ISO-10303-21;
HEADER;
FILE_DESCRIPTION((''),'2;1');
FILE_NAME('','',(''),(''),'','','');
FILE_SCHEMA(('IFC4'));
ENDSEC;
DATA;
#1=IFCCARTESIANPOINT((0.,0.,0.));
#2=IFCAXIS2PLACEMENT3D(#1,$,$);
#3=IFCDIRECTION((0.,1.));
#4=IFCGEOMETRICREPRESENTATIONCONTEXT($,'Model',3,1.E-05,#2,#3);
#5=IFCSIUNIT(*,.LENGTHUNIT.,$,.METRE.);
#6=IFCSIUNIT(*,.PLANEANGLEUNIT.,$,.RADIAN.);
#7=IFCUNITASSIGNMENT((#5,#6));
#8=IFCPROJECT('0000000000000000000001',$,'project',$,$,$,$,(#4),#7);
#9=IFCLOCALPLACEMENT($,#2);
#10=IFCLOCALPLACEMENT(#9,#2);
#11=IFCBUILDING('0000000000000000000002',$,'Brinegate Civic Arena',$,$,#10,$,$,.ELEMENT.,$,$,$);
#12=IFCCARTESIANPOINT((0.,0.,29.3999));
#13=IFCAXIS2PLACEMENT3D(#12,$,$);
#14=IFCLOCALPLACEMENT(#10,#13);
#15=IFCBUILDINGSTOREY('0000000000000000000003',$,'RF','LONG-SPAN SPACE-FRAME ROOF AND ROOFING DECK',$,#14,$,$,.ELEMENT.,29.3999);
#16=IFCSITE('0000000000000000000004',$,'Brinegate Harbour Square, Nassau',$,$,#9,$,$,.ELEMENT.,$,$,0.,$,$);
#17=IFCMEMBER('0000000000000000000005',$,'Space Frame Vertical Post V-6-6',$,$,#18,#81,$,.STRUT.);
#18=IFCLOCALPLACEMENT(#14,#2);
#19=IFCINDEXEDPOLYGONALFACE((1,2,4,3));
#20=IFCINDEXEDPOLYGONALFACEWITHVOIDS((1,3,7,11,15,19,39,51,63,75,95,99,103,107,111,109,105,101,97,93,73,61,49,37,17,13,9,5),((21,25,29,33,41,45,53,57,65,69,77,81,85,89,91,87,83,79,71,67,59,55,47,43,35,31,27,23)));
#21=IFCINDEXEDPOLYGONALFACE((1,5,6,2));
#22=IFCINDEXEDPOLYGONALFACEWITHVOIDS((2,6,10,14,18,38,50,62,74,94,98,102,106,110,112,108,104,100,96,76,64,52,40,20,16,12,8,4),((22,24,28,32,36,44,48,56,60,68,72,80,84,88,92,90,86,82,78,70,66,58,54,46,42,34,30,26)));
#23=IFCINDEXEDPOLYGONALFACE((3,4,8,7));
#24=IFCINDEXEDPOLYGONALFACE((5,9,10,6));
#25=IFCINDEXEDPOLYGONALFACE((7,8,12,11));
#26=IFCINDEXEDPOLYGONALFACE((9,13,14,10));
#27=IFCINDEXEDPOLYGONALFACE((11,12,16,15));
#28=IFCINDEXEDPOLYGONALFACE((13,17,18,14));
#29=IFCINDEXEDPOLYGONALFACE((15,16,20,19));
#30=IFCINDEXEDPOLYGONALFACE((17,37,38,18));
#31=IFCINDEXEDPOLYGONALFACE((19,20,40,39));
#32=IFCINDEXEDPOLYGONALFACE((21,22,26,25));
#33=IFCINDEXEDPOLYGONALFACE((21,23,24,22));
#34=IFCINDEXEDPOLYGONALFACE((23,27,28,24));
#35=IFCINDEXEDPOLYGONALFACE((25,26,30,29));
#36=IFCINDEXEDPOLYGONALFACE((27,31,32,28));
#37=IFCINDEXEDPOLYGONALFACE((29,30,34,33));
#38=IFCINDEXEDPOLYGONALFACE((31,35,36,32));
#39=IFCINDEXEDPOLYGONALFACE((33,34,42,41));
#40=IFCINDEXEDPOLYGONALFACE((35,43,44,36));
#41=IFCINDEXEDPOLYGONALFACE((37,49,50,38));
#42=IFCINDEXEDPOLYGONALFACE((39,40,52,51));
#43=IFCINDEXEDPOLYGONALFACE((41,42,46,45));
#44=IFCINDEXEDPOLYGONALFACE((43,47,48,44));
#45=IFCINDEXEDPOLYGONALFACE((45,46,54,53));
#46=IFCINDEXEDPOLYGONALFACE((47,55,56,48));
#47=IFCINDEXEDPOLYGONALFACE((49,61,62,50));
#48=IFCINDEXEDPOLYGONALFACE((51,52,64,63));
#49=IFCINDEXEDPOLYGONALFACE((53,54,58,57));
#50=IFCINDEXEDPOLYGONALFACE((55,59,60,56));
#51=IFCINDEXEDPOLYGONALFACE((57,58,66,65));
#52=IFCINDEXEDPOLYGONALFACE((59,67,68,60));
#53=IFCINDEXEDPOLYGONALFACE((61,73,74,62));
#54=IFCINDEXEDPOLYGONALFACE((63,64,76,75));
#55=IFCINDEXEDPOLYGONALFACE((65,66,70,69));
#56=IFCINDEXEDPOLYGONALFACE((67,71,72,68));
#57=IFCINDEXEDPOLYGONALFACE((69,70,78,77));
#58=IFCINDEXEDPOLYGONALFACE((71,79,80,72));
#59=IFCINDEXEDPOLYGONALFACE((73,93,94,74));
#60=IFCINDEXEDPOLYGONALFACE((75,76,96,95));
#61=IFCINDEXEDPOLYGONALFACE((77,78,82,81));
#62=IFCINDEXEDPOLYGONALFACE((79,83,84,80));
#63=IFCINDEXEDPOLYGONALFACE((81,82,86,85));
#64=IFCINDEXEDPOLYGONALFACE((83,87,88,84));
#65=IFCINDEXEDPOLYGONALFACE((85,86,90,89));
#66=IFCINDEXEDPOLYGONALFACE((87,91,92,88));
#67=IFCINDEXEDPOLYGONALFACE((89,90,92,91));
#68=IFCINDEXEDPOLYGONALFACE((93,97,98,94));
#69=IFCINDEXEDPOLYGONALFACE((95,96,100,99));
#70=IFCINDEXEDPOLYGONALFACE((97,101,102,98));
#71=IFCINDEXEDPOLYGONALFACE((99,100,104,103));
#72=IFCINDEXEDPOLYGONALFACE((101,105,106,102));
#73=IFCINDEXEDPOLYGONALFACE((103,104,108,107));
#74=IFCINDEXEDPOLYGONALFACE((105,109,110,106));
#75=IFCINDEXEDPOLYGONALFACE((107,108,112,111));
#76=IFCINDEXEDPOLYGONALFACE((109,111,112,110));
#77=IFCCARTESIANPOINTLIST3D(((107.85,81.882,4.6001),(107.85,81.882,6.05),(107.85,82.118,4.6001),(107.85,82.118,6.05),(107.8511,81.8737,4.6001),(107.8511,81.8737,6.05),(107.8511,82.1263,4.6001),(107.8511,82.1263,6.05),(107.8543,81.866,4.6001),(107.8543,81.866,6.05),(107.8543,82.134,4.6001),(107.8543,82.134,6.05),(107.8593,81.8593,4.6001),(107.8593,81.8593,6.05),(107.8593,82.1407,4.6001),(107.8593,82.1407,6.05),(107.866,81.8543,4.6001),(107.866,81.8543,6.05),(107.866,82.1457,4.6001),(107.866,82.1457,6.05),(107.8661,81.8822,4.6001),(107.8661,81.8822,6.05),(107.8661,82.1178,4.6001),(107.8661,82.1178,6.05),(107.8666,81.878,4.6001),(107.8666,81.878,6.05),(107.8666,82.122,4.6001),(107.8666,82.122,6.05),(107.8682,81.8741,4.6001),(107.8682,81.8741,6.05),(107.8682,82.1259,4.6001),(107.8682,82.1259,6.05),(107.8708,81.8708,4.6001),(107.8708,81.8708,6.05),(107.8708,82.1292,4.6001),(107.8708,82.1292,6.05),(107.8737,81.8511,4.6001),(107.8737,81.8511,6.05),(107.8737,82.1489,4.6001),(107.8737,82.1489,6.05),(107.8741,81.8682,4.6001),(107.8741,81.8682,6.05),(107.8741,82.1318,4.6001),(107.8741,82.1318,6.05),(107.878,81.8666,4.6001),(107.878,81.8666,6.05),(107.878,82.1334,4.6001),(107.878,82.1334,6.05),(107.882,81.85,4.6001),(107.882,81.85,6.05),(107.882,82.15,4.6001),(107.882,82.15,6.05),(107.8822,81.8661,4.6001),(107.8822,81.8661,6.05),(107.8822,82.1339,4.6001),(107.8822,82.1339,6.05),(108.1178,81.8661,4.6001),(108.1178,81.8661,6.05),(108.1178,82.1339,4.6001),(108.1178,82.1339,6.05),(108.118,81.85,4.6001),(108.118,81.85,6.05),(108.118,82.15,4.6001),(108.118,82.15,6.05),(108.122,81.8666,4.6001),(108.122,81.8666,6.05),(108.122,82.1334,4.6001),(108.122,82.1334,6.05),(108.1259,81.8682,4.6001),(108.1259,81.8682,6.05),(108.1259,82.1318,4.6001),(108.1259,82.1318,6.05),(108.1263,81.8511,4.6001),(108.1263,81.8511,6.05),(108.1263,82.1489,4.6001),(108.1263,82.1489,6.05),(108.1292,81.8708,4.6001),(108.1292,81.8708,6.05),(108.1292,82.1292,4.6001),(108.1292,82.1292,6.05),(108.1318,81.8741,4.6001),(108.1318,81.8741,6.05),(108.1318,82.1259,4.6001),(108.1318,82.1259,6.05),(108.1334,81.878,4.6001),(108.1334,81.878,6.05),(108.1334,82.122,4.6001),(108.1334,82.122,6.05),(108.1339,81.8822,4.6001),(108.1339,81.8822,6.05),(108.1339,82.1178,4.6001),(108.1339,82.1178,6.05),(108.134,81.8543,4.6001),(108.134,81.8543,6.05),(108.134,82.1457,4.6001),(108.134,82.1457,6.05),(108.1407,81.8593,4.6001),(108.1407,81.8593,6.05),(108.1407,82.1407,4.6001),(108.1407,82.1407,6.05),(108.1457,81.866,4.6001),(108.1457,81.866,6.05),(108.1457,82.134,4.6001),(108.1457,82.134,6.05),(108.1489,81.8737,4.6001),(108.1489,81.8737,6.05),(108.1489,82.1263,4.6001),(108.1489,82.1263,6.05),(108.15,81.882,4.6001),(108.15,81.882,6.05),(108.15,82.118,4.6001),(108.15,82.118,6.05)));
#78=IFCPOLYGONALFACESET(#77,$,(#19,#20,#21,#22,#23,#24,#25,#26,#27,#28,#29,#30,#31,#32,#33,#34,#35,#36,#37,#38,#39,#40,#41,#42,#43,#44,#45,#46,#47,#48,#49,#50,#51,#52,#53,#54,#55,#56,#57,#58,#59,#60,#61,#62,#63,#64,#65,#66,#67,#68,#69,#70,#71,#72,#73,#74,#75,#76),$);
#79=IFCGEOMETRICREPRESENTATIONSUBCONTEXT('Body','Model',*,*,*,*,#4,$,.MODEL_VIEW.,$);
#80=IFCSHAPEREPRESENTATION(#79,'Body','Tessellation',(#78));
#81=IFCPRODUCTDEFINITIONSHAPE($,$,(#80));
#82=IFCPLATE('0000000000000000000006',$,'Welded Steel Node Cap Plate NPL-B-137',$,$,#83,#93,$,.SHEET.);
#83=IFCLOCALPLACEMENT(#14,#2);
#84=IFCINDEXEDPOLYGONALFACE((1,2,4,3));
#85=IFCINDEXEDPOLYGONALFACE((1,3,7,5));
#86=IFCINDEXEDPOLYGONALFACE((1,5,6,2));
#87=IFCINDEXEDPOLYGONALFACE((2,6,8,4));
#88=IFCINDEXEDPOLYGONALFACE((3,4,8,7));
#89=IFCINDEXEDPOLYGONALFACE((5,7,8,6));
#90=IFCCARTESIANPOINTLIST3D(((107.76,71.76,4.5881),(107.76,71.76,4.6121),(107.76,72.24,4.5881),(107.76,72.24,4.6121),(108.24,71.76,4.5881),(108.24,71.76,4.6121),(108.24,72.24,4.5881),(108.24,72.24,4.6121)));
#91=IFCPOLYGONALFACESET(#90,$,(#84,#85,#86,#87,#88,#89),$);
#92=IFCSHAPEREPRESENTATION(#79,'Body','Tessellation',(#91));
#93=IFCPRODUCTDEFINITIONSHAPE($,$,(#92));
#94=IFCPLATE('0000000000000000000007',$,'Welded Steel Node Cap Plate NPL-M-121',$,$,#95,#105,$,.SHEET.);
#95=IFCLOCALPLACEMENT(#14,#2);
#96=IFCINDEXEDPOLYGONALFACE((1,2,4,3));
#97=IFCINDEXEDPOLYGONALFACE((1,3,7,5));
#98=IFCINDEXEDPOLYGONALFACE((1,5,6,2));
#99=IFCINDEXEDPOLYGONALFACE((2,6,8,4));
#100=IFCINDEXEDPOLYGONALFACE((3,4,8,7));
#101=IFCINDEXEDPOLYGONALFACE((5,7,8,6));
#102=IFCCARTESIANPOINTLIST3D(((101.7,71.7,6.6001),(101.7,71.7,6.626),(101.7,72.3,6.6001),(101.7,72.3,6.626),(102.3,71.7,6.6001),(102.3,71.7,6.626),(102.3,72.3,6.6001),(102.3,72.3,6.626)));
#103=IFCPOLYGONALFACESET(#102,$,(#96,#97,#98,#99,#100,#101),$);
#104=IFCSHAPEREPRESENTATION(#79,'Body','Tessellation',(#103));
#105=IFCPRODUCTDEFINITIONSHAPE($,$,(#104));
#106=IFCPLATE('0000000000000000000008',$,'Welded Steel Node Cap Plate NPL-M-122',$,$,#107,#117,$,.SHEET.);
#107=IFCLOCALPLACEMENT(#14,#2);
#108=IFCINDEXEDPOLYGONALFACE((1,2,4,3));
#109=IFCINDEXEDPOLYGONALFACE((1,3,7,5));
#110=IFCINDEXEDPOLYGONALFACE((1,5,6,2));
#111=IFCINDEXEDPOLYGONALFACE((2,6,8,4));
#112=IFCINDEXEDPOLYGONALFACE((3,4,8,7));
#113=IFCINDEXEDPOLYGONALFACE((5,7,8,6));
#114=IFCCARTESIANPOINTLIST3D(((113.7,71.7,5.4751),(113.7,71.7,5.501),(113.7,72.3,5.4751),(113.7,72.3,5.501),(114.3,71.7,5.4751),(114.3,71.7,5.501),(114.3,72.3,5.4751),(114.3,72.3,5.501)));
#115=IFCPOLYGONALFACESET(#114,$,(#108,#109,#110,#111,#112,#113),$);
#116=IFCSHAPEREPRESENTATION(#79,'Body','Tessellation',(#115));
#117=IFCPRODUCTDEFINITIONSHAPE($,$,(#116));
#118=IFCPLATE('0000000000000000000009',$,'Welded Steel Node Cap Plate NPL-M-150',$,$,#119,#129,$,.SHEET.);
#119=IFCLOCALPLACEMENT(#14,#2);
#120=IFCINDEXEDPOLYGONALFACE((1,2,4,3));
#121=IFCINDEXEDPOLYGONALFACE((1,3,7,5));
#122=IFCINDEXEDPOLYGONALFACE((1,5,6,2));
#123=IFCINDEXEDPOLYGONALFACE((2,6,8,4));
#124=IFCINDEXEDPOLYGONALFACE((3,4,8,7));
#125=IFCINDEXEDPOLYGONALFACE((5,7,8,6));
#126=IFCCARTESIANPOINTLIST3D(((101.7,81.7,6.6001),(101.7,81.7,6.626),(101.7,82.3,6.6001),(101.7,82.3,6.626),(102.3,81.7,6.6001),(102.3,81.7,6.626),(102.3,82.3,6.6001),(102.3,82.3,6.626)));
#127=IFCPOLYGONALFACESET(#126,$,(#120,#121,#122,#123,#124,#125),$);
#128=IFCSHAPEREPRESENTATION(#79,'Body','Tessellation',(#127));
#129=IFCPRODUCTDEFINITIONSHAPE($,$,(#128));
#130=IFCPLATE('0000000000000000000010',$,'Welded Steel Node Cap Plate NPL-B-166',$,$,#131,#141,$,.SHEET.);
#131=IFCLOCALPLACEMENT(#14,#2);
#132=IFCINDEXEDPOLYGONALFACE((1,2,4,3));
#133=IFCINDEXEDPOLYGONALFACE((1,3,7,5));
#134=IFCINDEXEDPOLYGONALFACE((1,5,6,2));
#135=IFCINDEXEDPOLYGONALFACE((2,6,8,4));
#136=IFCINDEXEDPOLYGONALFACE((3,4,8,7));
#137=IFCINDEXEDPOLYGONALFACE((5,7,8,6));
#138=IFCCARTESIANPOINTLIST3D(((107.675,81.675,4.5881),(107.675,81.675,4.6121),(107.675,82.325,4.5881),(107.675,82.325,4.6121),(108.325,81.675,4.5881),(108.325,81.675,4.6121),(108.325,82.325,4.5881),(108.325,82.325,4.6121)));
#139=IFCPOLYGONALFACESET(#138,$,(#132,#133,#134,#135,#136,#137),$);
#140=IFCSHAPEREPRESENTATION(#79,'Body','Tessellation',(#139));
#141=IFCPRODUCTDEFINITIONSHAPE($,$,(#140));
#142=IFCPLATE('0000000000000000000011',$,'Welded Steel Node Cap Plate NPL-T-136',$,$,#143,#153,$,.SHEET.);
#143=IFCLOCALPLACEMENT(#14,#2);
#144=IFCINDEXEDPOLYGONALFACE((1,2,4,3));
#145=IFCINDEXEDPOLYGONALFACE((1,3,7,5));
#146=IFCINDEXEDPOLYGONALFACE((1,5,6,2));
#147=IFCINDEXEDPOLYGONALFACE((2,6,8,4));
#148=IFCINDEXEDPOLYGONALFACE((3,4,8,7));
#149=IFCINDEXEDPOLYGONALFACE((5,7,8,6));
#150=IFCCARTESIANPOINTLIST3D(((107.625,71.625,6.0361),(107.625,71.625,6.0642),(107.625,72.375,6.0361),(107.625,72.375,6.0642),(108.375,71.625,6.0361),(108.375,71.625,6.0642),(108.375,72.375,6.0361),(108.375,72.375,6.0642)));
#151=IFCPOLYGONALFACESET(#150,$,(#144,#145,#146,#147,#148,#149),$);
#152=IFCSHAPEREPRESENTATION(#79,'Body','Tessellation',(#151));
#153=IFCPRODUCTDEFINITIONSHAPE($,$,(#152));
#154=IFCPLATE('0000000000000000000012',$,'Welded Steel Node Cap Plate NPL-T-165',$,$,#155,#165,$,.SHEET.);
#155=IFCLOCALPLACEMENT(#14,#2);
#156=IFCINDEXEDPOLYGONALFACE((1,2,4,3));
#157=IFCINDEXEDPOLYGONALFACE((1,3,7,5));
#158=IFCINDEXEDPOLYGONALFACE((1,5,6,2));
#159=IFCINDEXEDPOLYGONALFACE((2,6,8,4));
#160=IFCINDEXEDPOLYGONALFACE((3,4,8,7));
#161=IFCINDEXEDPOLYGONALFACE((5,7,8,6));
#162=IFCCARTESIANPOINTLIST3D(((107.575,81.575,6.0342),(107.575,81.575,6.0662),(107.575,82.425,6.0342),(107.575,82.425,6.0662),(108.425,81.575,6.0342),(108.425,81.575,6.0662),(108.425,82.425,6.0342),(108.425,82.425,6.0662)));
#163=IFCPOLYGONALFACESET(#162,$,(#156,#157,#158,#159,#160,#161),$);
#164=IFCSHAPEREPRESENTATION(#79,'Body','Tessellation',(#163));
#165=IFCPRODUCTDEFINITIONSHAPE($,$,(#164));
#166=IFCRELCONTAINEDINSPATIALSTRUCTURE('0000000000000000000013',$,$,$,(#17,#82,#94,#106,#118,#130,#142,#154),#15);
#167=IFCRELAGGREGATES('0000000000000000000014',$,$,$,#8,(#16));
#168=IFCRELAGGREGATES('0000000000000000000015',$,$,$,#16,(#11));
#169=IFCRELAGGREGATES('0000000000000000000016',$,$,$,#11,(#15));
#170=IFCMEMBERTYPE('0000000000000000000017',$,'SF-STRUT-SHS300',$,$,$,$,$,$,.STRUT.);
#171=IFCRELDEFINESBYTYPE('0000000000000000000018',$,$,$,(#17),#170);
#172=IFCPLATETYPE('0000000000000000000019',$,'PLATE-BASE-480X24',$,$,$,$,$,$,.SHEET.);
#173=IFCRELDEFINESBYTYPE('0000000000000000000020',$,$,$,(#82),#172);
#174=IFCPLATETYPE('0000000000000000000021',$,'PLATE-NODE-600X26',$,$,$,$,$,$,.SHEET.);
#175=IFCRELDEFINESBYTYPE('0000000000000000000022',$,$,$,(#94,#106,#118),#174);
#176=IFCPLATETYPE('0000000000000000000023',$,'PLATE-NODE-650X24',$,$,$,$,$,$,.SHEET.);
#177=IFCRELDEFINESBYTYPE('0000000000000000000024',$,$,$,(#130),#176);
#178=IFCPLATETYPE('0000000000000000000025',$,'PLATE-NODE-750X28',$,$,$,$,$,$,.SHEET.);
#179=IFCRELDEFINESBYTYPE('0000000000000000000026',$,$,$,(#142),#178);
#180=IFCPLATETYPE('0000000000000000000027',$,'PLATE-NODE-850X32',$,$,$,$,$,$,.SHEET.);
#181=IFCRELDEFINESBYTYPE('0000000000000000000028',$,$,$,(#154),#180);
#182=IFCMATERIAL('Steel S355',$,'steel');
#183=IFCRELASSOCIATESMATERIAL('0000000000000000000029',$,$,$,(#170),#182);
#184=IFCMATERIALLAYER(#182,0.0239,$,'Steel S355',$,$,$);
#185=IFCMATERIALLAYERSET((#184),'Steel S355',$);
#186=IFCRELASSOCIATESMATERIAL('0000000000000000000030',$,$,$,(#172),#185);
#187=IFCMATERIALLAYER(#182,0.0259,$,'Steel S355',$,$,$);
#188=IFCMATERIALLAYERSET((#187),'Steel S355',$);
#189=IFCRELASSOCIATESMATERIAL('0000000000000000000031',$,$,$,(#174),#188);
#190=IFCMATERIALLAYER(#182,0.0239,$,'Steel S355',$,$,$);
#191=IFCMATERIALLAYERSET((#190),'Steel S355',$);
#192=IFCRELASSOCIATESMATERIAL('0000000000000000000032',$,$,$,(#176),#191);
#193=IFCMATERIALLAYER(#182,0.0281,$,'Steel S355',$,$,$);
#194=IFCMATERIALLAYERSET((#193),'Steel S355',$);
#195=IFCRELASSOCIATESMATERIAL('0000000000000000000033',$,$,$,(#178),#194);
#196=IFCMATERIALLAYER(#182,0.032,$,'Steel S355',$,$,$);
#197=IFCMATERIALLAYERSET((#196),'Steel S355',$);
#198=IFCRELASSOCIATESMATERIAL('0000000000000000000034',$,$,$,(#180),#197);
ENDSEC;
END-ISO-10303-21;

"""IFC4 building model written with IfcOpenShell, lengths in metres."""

from ifc_helpers import new_model, si_unit, direction, frame, origin, origin_2d, place, context, subcontext, project, spatial, rectangle, hollow_rectangle, extrude, material, layer, layer_set, material_profile, profile_set, type_object, element, save


model = new_model("IFC4")

# Units and contexts
model_context = context("Model", 3, precision=1e-05, world=origin(), true_north=direction((0.0, 1.0)))
body_context = subcontext(model_context, "Body", "Model", "MODEL_VIEW")
ifc_project = project(units=[si_unit("LENGTHUNIT", "METRE"), si_unit("PLANEANGLEUNIT", "RADIAN")], contexts=[model_context])

# Site, building, storey
site_placement = place(None, origin())
site = spatial("IfcSite", under=ifc_project, at=site_placement, Name="Brinegate Harbour Square, Nassau", CompositionType="ELEMENT", RefElevation=0.0)
building_placement = place(site_placement, origin())
building = spatial("IfcBuilding", under=site, at=building_placement, Name="Brinegate Civic Arena", CompositionType="ELEMENT")
storey_placement = place(building_placement, frame((0.0, 0.0, 29.3999)))
storey = spatial("IfcBuildingStorey", under=building, at=storey_placement, Name="RF", Description="LONG-SPAN SPACE-FRAME ROOF AND ROOFING DECK", CompositionType="ELEMENT", Elevation=29.3999)

# Member
ifc_material = material(Name="Steel S355", Category="steel")
ifc_material_profile_1 = material_profile(ifc_material, hollow_rectangle(XDim=0.3, YDim=0.3, WallThickness=0.0161, InnerFilletRadius=0.0161, OuterFilletRadius=0.032, at=origin_2d()), Name="SHS300X16")
ifc_profile_set_1 = profile_set([ifc_material_profile_1], Name="Steel S355")
member_type_1 = type_object("IfcMemberType", Name="SF-STRUT-SHS300", PredefinedType="STRUT", material=ifc_profile_set_1)
for number, where, z_axis, x_axis, name in (
    (1, (108.0, 82.0, 4.6001), (0.0, 0.0, 1.0), (1.0, 0.0, 0.0), "Space Frame Vertical Post V-6-6"),
):
    element("IfcMember", number, at=place(storey_placement, frame(where, z_axis=z_axis, x_axis=x_axis)), inside=storey, type_object=member_type_1, Name=name, PredefinedType="STRUT", context=body_context, shape_type="SweptSolid", body=[
        extrude(hollow_rectangle(XDim=0.3, YDim=0.3, WallThickness=0.0161, InnerFilletRadius=0.0161, OuterFilletRadius=0.032, at=origin_2d()), origin(), (0.0, 0.0, 1.0), 1.45),
    ])

# Plates
ifc_layer_1 = layer(ifc_material, 0.0239, Name="Steel S355")
ifc_layer_set_1 = layer_set([ifc_layer_1], Name="Steel S355")
plate_type_1 = type_object("IfcPlateType", Name="PLATE-BASE-480X24", PredefinedType="SHEET", material=ifc_layer_set_1)
plate_1_placement = place(storey_placement, frame((108.0, 72.0, 4.5881), z_axis=(0.0, 0.0, 1.0), x_axis=(1.0, 0.0, 0.0)))
element("IfcPlate", 2, at=plate_1_placement, inside=storey, type_object=plate_type_1, Name="Welded Steel Node Cap Plate NPL-B-137", PredefinedType="SHEET", context=body_context, shape_type="SweptSolid", body=[
    extrude(rectangle(XDim=0.48, YDim=0.48, at=origin_2d()), origin(), (0.0, 0.0, 1.0), 0.0239),
])
ifc_layer_2 = layer(ifc_material, 0.0259, Name="Steel S355")
ifc_layer_set_2 = layer_set([ifc_layer_2], Name="Steel S355")
plate_type_2 = type_object("IfcPlateType", Name="PLATE-NODE-600X26", PredefinedType="SHEET", material=ifc_layer_set_2)
for number, where, z_axis, x_axis, name in (
    (3, (102.0, 72.0, 6.6001), (0.0, 0.0, 1.0), (1.0, 0.0, 0.0), "Welded Steel Node Cap Plate NPL-M-121"),
    (4, (114.0, 72.0, 5.4751), (0.0, 0.0, 1.0), (1.0, 0.0, 0.0), "Welded Steel Node Cap Plate NPL-M-122"),
    (5, (102.0, 82.0, 6.6001), (0.0, 0.0, 1.0), (1.0, 0.0, 0.0), "Welded Steel Node Cap Plate NPL-M-150"),
):
    element("IfcPlate", number, at=place(storey_placement, frame(where, z_axis=z_axis, x_axis=x_axis)), inside=storey, type_object=plate_type_2, Name=name, PredefinedType="SHEET", context=body_context, shape_type="SweptSolid", body=[
        extrude(rectangle(XDim=0.6001, YDim=0.6001, at=origin_2d()), origin(), (0.0, 0.0, 1.0), 0.0259),
    ])
ifc_layer_3 = layer(ifc_material, 0.0239, Name="Steel S355")
ifc_layer_set_3 = layer_set([ifc_layer_3], Name="Steel S355")
plate_type_3 = type_object("IfcPlateType", Name="PLATE-NODE-650X24", PredefinedType="SHEET", material=ifc_layer_set_3)
plate_2_placement = place(storey_placement, frame((108.0, 82.0, 4.5881), z_axis=(0.0, 0.0, 1.0), x_axis=(1.0, 0.0, 0.0)))
element("IfcPlate", 6, at=plate_2_placement, inside=storey, type_object=plate_type_3, Name="Welded Steel Node Cap Plate NPL-B-166", PredefinedType="SHEET", context=body_context, shape_type="SweptSolid", body=[
    extrude(rectangle(XDim=0.6499, YDim=0.6499, at=origin_2d()), origin(), (0.0, 0.0, 1.0), 0.0239),
])
ifc_layer_4 = layer(ifc_material, 0.0281, Name="Steel S355")
ifc_layer_set_4 = layer_set([ifc_layer_4], Name="Steel S355")
plate_type_4 = type_object("IfcPlateType", Name="PLATE-NODE-750X28", PredefinedType="SHEET", material=ifc_layer_set_4)
plate_3_placement = place(storey_placement, frame((108.0, 72.0, 6.0361), z_axis=(0.0, 0.0, 1.0), x_axis=(1.0, 0.0, 0.0)))
element("IfcPlate", 7, at=plate_3_placement, inside=storey, type_object=plate_type_4, Name="Welded Steel Node Cap Plate NPL-T-136", PredefinedType="SHEET", context=body_context, shape_type="SweptSolid", body=[
    extrude(rectangle(XDim=0.75, YDim=0.75, at=origin_2d()), origin(), (0.0, 0.0, 1.0), 0.0281),
])
ifc_layer_5 = layer(ifc_material, 0.032, Name="Steel S355")
ifc_layer_set_5 = layer_set([ifc_layer_5], Name="Steel S355")
plate_type_5 = type_object("IfcPlateType", Name="PLATE-NODE-850X32", PredefinedType="SHEET", material=ifc_layer_set_5)
plate_4_placement = place(storey_placement, frame((108.0, 82.0, 6.0342), z_axis=(0.0, 0.0, 1.0), x_axis=(1.0, 0.0, 0.0)))
element("IfcPlate", 8, at=plate_4_placement, inside=storey, type_object=plate_type_5, Name="Welded Steel Node Cap Plate NPL-T-165", PredefinedType="SHEET", context=body_context, shape_type="SweptSolid", body=[
    extrude(rectangle(XDim=0.8501, YDim=0.8501, at=origin_2d()), origin(), (0.0, 0.0, 1.0), 0.032),
])

save(model, "model.ifc")
